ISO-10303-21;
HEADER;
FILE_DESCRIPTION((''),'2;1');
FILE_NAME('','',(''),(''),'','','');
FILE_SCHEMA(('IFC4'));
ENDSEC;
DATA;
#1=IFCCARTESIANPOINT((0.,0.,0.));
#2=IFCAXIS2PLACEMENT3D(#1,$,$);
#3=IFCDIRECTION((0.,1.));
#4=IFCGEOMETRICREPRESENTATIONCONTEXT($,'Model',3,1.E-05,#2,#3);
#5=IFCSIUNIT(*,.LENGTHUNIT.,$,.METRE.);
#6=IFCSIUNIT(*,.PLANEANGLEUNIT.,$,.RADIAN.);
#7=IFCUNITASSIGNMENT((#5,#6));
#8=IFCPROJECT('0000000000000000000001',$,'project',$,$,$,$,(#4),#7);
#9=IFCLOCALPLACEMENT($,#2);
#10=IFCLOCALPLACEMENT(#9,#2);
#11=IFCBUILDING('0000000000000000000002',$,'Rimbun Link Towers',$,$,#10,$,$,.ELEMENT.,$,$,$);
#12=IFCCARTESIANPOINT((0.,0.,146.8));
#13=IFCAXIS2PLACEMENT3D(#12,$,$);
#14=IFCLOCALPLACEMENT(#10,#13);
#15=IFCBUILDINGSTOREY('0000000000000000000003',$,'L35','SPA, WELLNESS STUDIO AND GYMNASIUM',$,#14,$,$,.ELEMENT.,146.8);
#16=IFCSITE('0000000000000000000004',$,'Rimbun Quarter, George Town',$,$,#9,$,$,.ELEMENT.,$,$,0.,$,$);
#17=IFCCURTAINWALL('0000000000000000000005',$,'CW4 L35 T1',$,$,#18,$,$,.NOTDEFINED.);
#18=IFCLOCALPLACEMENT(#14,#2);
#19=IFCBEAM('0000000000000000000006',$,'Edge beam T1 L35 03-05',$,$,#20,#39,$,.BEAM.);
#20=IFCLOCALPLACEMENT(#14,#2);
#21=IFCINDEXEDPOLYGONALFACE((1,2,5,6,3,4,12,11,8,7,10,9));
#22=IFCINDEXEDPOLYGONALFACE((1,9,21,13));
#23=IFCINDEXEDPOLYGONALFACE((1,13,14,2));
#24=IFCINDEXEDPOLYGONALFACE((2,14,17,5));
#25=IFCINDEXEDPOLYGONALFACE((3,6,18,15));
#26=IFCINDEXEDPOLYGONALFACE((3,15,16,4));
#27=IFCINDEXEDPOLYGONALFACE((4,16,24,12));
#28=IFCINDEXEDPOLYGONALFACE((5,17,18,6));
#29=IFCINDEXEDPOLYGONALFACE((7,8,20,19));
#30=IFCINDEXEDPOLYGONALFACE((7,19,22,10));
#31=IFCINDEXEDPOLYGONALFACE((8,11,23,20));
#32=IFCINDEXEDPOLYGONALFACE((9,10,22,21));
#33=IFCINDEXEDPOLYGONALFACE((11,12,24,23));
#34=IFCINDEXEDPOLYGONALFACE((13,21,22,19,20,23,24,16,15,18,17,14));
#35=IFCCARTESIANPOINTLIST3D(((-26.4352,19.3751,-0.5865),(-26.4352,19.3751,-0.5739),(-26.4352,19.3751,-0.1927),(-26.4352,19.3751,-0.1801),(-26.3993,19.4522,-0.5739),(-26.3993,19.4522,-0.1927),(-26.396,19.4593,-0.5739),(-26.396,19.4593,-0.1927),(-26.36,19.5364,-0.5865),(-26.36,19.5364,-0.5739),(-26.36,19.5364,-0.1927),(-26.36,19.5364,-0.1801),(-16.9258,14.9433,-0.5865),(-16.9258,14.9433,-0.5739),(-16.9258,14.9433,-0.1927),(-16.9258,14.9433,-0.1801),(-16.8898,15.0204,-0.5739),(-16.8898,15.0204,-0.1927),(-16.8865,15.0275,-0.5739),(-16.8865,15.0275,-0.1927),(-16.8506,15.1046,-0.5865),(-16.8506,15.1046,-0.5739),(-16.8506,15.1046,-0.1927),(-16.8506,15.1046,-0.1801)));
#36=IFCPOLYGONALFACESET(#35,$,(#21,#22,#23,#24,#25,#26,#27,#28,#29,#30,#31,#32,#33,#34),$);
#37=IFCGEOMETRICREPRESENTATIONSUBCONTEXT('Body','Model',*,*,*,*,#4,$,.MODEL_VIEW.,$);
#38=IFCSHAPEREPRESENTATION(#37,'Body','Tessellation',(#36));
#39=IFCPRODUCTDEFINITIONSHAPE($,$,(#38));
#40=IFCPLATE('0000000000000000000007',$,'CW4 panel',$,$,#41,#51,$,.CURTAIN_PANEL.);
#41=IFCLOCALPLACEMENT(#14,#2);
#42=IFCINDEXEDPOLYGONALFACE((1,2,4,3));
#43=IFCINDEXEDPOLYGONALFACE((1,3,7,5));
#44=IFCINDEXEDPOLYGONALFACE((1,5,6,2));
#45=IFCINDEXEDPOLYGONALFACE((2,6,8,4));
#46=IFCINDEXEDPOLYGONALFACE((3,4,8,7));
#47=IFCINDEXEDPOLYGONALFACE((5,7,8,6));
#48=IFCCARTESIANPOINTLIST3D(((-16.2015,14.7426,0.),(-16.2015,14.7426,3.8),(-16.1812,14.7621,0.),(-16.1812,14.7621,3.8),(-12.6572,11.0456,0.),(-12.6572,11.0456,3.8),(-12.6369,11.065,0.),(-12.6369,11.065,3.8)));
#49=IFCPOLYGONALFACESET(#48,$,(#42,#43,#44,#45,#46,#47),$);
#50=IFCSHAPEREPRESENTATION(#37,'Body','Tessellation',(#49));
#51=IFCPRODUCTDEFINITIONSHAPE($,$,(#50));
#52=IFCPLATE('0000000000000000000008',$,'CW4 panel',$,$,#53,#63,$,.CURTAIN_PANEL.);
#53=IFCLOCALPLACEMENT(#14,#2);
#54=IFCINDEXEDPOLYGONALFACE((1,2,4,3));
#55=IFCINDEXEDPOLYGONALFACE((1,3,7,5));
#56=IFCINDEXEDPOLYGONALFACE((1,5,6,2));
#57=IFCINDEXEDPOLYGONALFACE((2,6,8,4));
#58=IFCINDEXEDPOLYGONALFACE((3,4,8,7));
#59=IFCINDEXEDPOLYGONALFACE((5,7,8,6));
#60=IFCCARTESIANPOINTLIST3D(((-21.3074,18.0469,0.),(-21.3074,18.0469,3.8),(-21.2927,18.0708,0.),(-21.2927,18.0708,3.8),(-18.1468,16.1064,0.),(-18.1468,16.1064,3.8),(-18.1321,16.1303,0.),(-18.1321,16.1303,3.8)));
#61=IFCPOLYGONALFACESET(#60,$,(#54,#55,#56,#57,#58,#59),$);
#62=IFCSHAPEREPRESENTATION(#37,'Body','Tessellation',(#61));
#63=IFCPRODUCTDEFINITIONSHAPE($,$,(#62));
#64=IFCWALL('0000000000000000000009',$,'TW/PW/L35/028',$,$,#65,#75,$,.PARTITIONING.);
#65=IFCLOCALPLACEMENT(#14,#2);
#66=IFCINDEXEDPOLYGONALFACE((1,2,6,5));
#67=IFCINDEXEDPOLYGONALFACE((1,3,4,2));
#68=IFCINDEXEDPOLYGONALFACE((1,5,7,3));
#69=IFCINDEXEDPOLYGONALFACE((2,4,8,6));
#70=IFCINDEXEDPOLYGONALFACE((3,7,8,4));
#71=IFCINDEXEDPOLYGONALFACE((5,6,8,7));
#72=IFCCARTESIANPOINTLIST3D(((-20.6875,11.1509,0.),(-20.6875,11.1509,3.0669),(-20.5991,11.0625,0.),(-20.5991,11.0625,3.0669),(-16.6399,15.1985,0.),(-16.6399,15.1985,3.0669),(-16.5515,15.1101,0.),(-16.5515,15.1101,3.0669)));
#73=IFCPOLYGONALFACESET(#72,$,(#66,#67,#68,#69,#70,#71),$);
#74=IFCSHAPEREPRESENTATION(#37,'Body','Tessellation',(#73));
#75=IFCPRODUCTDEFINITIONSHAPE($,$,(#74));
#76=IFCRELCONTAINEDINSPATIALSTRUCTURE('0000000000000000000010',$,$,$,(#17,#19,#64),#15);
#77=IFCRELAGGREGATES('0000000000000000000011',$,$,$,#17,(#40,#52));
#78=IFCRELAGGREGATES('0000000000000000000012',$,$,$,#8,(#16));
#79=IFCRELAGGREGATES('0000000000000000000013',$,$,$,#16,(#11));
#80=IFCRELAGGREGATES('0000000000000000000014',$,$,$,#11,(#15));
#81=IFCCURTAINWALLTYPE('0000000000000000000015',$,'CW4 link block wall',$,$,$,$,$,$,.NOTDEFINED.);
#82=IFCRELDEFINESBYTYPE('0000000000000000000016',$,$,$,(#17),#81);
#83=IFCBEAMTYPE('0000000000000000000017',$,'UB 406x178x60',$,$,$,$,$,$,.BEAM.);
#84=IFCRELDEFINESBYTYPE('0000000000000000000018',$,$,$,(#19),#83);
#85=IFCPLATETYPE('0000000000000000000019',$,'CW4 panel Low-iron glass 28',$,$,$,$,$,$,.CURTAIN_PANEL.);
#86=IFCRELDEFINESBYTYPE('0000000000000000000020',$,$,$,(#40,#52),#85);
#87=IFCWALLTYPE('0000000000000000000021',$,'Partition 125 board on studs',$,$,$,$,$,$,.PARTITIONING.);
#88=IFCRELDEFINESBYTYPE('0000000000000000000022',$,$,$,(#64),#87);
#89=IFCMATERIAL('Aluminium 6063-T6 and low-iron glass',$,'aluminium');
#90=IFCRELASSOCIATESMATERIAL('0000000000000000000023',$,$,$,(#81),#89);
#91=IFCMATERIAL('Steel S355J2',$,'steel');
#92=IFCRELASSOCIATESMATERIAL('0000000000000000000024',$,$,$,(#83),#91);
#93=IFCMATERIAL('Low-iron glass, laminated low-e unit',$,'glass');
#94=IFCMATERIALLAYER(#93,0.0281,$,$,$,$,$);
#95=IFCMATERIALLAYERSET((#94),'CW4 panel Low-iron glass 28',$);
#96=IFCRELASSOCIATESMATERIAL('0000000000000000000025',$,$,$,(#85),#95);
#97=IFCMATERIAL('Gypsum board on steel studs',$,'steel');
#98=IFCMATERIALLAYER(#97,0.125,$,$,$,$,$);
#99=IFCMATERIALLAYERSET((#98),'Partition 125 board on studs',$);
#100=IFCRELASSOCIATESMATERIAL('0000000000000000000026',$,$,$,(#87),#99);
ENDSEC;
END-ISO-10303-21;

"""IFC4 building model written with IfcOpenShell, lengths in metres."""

from ifc_helpers import new_model, si_unit, direction, frame, frame_2d, origin, origin_2d, place, context, subcontext, project, spatial, rectangle, i_section, extrude, material, layer, layer_set, material_profile, profile_set, type_object, element, aggregate, save


model = new_model("IFC4")

# Units and contexts
model_context = context("Model", 3, precision=1e-05, world=origin(), true_north=direction((0.0, 1.0)))
body_context = subcontext(model_context, "Body", "Model", "MODEL_VIEW")
ifc_project = project(units=[si_unit("LENGTHUNIT", "METRE"), si_unit("PLANEANGLEUNIT", "RADIAN")], contexts=[model_context])

# Site, building, storey
site_placement = place(None, origin())
site = spatial("IfcSite", under=ifc_project, at=site_placement, Name="Rimbun Quarter, George Town", CompositionType="ELEMENT", RefElevation=0.0)
building_placement = place(site_placement, origin())
building = spatial("IfcBuilding", under=site, at=building_placement, Name="Rimbun Link Towers", CompositionType="ELEMENT")
storey_placement = place(building_placement, frame((0.0, 0.0, 146.8)))
storey = spatial("IfcBuildingStorey", under=building, at=storey_placement, Name="L35", Description="SPA, WELLNESS STUDIO AND GYMNASIUM", CompositionType="ELEMENT", Elevation=146.8)

# Curtain wall
ifc_material_1 = material(Name="Aluminium 6063-T6 and low-iron glass", Category="aluminium")
curtain_wall_type = type_object("IfcCurtainWallType", Name="CW4 link block wall", PredefinedType="NOTDEFINED", material=ifc_material_1)
curtain_wall_placement = place(storey_placement, origin())
curtain_wall = element("IfcCurtainWall", 1, at=curtain_wall_placement, inside=storey, type_object=curtain_wall_type, Name="CW4 L35 T1", PredefinedType="NOTDEFINED")

# Beam
ifc_material_2 = material(Name="Steel S355J2", Category="steel")
ifc_material_profile_1 = material_profile(ifc_material_2, i_section(OverallWidth=0.178, OverallDepth=0.4065, WebThickness=0.0078, FlangeThickness=0.0127, at=origin_2d()), Name="UB 406x178x60")
ifc_profile_set_1 = profile_set([ifc_material_profile_1], Name="Steel S355J2")
beam_type_1 = type_object("IfcBeamType", Name="UB 406x178x60", PredefinedType="BEAM", material=ifc_profile_set_1)
beam_1_placement = place(storey_placement, frame((-16.8882, 15.0239, -0.3833), z_axis=(-0.906398, 0.422424, 0.0), x_axis=(-0.422424, -0.906398, 0.0)))
element("IfcBeam", 2, at=beam_1_placement, inside=storey, type_object=beam_type_1, Name="Edge beam T1 L35 03-05", PredefinedType="BEAM", context=body_context, shape_type="SweptSolid", body=[
    extrude(i_section(OverallWidth=0.178, OverallDepth=0.4065, WebThickness=0.0078, FlangeThickness=0.0127, at=origin_2d()), origin(), (0.0, 0.0, 1.0), 10.4915),
])

# Plates
ifc_material_3 = material(Name="Low-iron glass, laminated low-e unit", Category="glass")
ifc_layer_1 = layer(ifc_material_3, 0.0281)
ifc_layer_set_1 = layer_set([ifc_layer_1], Name="CW4 panel Low-iron glass 28")
plate_type = type_object("IfcPlateType", Name="CW4 panel Low-iron glass 28", PredefinedType="CURTAIN_PANEL", material=ifc_layer_set_1)
plate_1_placement = place(storey_placement, frame((-14.4192, 12.9038, 0.0), z_axis=(0.0, 0.0, 1.0), x_axis=(0.692041, -0.721858, 0.0)))
plate_1 = element("IfcPlate", 3, at=plate_1_placement, type_object=plate_type, Name="CW4 panel", PredefinedType="CURTAIN_PANEL", context=body_context, shape_type="SweptSolid", body=[
    extrude(rectangle(XDim=5.1216, YDim=0.0281, at=origin_2d()), origin(), (0.0, 0.0, 1.0), 3.8),
])
plate_2_placement = place(storey_placement, frame((-19.7197, 17.0886, 0.0), z_axis=(0.0, 0.0, 1.0), x_axis=(0.852194, -0.523225, 0.0)))
plate_2 = element("IfcPlate", 4, at=plate_2_placement, type_object=plate_type, Name="CW4 panel", PredefinedType="CURTAIN_PANEL", context=body_context, shape_type="SweptSolid", body=[
    extrude(rectangle(XDim=3.7087, YDim=0.0281, at=origin_2d()), origin(), (0.0, 0.0, 1.0), 3.8),
])
aggregate(curtain_wall, [plate_1, plate_2])

# Wall
ifc_material_4 = material(Name="Gypsum board on steel studs", Category="steel")
ifc_layer_2 = layer(ifc_material_4, 0.125)
ifc_layer_set_2 = layer_set([ifc_layer_2], Name="Partition 125 board on studs")
wall_type = type_object("IfcWallType", Name="Partition 125 board on studs", PredefinedType="PARTITIONING", material=ifc_layer_set_2)
wall_placement = place(storey_placement, frame((-16.5957, 15.1543, 0.0), z_axis=(0.0, 0.0, 1.0), x_axis=(-0.707107, -0.707107, 0.0)))
element("IfcWall", 5, at=wall_placement, inside=storey, type_object=wall_type, Name="TW/PW/L35/028", PredefinedType="PARTITIONING", context=body_context, shape_type="SweptSolid", body=[
    extrude(rectangle(XDim=5.7241, YDim=0.125, at=frame_2d((2.8621, 0.0))), origin(), (0.0, 0.0, 1.0), 3.0669),
])

save(model, "model.ifc")
